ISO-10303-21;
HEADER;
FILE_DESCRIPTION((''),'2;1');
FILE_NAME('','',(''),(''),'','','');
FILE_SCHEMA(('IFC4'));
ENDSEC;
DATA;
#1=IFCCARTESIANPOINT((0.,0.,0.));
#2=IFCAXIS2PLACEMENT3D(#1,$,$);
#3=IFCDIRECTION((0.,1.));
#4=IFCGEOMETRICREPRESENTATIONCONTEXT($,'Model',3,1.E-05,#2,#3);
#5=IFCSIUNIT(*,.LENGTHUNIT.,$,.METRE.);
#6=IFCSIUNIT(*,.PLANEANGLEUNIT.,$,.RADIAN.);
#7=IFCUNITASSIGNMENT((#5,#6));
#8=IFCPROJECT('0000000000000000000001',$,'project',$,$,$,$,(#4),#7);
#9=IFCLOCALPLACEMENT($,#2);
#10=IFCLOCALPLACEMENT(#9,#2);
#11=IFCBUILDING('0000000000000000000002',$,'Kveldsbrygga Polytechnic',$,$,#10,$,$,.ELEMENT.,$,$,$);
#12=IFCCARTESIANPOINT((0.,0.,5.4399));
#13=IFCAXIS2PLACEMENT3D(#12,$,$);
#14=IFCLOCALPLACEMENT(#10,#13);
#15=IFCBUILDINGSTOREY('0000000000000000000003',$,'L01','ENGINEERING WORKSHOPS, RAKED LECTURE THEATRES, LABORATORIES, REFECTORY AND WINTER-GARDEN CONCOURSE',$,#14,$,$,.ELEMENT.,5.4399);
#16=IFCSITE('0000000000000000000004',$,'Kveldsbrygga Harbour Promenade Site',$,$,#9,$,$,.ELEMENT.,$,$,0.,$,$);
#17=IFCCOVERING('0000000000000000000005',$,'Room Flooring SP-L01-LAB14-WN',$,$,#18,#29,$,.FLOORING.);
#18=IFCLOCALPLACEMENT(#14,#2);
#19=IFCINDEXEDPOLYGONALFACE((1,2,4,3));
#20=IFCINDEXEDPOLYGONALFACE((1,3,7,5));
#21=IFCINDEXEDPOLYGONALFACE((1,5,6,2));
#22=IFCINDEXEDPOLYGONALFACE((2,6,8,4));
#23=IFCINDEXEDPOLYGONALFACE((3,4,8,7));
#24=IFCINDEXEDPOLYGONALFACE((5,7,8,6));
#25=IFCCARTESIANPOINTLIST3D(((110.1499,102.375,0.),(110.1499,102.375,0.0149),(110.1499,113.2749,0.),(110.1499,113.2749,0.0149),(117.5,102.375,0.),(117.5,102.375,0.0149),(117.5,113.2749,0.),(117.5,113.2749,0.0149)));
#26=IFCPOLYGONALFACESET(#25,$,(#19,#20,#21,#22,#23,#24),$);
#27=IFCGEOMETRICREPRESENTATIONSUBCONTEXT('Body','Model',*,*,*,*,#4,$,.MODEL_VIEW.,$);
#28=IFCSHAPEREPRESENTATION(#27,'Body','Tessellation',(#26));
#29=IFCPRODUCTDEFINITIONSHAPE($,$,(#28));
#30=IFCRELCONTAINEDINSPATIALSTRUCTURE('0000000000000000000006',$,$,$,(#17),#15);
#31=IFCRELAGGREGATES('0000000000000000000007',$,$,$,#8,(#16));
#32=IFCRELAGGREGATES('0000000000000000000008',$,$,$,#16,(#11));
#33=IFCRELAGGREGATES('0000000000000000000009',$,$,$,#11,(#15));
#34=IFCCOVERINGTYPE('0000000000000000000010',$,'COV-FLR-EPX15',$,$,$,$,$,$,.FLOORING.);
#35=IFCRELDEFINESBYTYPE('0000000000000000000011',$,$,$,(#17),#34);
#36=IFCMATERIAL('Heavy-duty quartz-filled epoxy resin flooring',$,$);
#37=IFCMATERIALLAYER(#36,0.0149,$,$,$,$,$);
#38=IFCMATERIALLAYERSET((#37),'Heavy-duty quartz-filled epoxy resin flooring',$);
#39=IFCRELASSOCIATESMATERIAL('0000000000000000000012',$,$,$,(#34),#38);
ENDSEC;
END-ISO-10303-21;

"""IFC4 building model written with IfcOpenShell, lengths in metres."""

from ifc_helpers import new_model, si_unit, direction, frame, origin, origin_2d, place, context, subcontext, project, spatial, rectangle, extrude, material, layer, layer_set, type_object, element, save


model = new_model("IFC4")

# Units and contexts
model_context = context("Model", 3, precision=1e-05, world=origin(), true_north=direction((0.0, 1.0)))
body_context = subcontext(model_context, "Body", "Model", "MODEL_VIEW")
ifc_project = project(units=[si_unit("LENGTHUNIT", "METRE"), si_unit("PLANEANGLEUNIT", "RADIAN")], contexts=[model_context])

# Site, building, storey
site_placement = place(None, origin())
site = spatial("IfcSite", under=ifc_project, at=site_placement, Name="Kveldsbrygga Harbour Promenade Site", CompositionType="ELEMENT", RefElevation=0.0)
building_placement = place(site_placement, origin())
building = spatial("IfcBuilding", under=site, at=building_placement, Name="Kveldsbrygga Polytechnic", CompositionType="ELEMENT")
storey_placement = place(building_placement, frame((0.0, 0.0, 5.4399)))
storey = spatial("IfcBuildingStorey", under=building, at=storey_placement, Name="L01", Description="ENGINEERING WORKSHOPS, RAKED LECTURE THEATRES, LABORATORIES, REFECTORY AND WINTER-GARDEN CONCOURSE", CompositionType="ELEMENT", Elevation=5.4399)

# Covering
ifc_material_1 = material(Name="Heavy-duty quartz-filled epoxy resin flooring")
ifc_layer_1 = layer(ifc_material_1, 0.0149)
ifc_layer_set_1 = layer_set([ifc_layer_1], Name="Heavy-duty quartz-filled epoxy resin flooring")
covering_type_1 = type_object("IfcCoveringType", Name="COV-FLR-EPX15", PredefinedType="FLOORING", material=ifc_layer_set_1)
covering_1_placement = place(storey_placement, frame((113.825, 107.825, 0.0), z_axis=(0.0, 0.0, 1.0), x_axis=(1.0, 0.0, 0.0)))
element("IfcCovering", 1, at=covering_1_placement, inside=storey, type_object=covering_type_1, Name="Room Flooring SP-L01-LAB14-WN", PredefinedType="FLOORING", context=body_context, shape_type="SweptSolid", body=[
    extrude(rectangle(XDim=7.3501, YDim=10.8999, at=origin_2d()), origin(), (0.0, 0.0, 1.0), 0.0149),
])

save(model, "model.ifc")
